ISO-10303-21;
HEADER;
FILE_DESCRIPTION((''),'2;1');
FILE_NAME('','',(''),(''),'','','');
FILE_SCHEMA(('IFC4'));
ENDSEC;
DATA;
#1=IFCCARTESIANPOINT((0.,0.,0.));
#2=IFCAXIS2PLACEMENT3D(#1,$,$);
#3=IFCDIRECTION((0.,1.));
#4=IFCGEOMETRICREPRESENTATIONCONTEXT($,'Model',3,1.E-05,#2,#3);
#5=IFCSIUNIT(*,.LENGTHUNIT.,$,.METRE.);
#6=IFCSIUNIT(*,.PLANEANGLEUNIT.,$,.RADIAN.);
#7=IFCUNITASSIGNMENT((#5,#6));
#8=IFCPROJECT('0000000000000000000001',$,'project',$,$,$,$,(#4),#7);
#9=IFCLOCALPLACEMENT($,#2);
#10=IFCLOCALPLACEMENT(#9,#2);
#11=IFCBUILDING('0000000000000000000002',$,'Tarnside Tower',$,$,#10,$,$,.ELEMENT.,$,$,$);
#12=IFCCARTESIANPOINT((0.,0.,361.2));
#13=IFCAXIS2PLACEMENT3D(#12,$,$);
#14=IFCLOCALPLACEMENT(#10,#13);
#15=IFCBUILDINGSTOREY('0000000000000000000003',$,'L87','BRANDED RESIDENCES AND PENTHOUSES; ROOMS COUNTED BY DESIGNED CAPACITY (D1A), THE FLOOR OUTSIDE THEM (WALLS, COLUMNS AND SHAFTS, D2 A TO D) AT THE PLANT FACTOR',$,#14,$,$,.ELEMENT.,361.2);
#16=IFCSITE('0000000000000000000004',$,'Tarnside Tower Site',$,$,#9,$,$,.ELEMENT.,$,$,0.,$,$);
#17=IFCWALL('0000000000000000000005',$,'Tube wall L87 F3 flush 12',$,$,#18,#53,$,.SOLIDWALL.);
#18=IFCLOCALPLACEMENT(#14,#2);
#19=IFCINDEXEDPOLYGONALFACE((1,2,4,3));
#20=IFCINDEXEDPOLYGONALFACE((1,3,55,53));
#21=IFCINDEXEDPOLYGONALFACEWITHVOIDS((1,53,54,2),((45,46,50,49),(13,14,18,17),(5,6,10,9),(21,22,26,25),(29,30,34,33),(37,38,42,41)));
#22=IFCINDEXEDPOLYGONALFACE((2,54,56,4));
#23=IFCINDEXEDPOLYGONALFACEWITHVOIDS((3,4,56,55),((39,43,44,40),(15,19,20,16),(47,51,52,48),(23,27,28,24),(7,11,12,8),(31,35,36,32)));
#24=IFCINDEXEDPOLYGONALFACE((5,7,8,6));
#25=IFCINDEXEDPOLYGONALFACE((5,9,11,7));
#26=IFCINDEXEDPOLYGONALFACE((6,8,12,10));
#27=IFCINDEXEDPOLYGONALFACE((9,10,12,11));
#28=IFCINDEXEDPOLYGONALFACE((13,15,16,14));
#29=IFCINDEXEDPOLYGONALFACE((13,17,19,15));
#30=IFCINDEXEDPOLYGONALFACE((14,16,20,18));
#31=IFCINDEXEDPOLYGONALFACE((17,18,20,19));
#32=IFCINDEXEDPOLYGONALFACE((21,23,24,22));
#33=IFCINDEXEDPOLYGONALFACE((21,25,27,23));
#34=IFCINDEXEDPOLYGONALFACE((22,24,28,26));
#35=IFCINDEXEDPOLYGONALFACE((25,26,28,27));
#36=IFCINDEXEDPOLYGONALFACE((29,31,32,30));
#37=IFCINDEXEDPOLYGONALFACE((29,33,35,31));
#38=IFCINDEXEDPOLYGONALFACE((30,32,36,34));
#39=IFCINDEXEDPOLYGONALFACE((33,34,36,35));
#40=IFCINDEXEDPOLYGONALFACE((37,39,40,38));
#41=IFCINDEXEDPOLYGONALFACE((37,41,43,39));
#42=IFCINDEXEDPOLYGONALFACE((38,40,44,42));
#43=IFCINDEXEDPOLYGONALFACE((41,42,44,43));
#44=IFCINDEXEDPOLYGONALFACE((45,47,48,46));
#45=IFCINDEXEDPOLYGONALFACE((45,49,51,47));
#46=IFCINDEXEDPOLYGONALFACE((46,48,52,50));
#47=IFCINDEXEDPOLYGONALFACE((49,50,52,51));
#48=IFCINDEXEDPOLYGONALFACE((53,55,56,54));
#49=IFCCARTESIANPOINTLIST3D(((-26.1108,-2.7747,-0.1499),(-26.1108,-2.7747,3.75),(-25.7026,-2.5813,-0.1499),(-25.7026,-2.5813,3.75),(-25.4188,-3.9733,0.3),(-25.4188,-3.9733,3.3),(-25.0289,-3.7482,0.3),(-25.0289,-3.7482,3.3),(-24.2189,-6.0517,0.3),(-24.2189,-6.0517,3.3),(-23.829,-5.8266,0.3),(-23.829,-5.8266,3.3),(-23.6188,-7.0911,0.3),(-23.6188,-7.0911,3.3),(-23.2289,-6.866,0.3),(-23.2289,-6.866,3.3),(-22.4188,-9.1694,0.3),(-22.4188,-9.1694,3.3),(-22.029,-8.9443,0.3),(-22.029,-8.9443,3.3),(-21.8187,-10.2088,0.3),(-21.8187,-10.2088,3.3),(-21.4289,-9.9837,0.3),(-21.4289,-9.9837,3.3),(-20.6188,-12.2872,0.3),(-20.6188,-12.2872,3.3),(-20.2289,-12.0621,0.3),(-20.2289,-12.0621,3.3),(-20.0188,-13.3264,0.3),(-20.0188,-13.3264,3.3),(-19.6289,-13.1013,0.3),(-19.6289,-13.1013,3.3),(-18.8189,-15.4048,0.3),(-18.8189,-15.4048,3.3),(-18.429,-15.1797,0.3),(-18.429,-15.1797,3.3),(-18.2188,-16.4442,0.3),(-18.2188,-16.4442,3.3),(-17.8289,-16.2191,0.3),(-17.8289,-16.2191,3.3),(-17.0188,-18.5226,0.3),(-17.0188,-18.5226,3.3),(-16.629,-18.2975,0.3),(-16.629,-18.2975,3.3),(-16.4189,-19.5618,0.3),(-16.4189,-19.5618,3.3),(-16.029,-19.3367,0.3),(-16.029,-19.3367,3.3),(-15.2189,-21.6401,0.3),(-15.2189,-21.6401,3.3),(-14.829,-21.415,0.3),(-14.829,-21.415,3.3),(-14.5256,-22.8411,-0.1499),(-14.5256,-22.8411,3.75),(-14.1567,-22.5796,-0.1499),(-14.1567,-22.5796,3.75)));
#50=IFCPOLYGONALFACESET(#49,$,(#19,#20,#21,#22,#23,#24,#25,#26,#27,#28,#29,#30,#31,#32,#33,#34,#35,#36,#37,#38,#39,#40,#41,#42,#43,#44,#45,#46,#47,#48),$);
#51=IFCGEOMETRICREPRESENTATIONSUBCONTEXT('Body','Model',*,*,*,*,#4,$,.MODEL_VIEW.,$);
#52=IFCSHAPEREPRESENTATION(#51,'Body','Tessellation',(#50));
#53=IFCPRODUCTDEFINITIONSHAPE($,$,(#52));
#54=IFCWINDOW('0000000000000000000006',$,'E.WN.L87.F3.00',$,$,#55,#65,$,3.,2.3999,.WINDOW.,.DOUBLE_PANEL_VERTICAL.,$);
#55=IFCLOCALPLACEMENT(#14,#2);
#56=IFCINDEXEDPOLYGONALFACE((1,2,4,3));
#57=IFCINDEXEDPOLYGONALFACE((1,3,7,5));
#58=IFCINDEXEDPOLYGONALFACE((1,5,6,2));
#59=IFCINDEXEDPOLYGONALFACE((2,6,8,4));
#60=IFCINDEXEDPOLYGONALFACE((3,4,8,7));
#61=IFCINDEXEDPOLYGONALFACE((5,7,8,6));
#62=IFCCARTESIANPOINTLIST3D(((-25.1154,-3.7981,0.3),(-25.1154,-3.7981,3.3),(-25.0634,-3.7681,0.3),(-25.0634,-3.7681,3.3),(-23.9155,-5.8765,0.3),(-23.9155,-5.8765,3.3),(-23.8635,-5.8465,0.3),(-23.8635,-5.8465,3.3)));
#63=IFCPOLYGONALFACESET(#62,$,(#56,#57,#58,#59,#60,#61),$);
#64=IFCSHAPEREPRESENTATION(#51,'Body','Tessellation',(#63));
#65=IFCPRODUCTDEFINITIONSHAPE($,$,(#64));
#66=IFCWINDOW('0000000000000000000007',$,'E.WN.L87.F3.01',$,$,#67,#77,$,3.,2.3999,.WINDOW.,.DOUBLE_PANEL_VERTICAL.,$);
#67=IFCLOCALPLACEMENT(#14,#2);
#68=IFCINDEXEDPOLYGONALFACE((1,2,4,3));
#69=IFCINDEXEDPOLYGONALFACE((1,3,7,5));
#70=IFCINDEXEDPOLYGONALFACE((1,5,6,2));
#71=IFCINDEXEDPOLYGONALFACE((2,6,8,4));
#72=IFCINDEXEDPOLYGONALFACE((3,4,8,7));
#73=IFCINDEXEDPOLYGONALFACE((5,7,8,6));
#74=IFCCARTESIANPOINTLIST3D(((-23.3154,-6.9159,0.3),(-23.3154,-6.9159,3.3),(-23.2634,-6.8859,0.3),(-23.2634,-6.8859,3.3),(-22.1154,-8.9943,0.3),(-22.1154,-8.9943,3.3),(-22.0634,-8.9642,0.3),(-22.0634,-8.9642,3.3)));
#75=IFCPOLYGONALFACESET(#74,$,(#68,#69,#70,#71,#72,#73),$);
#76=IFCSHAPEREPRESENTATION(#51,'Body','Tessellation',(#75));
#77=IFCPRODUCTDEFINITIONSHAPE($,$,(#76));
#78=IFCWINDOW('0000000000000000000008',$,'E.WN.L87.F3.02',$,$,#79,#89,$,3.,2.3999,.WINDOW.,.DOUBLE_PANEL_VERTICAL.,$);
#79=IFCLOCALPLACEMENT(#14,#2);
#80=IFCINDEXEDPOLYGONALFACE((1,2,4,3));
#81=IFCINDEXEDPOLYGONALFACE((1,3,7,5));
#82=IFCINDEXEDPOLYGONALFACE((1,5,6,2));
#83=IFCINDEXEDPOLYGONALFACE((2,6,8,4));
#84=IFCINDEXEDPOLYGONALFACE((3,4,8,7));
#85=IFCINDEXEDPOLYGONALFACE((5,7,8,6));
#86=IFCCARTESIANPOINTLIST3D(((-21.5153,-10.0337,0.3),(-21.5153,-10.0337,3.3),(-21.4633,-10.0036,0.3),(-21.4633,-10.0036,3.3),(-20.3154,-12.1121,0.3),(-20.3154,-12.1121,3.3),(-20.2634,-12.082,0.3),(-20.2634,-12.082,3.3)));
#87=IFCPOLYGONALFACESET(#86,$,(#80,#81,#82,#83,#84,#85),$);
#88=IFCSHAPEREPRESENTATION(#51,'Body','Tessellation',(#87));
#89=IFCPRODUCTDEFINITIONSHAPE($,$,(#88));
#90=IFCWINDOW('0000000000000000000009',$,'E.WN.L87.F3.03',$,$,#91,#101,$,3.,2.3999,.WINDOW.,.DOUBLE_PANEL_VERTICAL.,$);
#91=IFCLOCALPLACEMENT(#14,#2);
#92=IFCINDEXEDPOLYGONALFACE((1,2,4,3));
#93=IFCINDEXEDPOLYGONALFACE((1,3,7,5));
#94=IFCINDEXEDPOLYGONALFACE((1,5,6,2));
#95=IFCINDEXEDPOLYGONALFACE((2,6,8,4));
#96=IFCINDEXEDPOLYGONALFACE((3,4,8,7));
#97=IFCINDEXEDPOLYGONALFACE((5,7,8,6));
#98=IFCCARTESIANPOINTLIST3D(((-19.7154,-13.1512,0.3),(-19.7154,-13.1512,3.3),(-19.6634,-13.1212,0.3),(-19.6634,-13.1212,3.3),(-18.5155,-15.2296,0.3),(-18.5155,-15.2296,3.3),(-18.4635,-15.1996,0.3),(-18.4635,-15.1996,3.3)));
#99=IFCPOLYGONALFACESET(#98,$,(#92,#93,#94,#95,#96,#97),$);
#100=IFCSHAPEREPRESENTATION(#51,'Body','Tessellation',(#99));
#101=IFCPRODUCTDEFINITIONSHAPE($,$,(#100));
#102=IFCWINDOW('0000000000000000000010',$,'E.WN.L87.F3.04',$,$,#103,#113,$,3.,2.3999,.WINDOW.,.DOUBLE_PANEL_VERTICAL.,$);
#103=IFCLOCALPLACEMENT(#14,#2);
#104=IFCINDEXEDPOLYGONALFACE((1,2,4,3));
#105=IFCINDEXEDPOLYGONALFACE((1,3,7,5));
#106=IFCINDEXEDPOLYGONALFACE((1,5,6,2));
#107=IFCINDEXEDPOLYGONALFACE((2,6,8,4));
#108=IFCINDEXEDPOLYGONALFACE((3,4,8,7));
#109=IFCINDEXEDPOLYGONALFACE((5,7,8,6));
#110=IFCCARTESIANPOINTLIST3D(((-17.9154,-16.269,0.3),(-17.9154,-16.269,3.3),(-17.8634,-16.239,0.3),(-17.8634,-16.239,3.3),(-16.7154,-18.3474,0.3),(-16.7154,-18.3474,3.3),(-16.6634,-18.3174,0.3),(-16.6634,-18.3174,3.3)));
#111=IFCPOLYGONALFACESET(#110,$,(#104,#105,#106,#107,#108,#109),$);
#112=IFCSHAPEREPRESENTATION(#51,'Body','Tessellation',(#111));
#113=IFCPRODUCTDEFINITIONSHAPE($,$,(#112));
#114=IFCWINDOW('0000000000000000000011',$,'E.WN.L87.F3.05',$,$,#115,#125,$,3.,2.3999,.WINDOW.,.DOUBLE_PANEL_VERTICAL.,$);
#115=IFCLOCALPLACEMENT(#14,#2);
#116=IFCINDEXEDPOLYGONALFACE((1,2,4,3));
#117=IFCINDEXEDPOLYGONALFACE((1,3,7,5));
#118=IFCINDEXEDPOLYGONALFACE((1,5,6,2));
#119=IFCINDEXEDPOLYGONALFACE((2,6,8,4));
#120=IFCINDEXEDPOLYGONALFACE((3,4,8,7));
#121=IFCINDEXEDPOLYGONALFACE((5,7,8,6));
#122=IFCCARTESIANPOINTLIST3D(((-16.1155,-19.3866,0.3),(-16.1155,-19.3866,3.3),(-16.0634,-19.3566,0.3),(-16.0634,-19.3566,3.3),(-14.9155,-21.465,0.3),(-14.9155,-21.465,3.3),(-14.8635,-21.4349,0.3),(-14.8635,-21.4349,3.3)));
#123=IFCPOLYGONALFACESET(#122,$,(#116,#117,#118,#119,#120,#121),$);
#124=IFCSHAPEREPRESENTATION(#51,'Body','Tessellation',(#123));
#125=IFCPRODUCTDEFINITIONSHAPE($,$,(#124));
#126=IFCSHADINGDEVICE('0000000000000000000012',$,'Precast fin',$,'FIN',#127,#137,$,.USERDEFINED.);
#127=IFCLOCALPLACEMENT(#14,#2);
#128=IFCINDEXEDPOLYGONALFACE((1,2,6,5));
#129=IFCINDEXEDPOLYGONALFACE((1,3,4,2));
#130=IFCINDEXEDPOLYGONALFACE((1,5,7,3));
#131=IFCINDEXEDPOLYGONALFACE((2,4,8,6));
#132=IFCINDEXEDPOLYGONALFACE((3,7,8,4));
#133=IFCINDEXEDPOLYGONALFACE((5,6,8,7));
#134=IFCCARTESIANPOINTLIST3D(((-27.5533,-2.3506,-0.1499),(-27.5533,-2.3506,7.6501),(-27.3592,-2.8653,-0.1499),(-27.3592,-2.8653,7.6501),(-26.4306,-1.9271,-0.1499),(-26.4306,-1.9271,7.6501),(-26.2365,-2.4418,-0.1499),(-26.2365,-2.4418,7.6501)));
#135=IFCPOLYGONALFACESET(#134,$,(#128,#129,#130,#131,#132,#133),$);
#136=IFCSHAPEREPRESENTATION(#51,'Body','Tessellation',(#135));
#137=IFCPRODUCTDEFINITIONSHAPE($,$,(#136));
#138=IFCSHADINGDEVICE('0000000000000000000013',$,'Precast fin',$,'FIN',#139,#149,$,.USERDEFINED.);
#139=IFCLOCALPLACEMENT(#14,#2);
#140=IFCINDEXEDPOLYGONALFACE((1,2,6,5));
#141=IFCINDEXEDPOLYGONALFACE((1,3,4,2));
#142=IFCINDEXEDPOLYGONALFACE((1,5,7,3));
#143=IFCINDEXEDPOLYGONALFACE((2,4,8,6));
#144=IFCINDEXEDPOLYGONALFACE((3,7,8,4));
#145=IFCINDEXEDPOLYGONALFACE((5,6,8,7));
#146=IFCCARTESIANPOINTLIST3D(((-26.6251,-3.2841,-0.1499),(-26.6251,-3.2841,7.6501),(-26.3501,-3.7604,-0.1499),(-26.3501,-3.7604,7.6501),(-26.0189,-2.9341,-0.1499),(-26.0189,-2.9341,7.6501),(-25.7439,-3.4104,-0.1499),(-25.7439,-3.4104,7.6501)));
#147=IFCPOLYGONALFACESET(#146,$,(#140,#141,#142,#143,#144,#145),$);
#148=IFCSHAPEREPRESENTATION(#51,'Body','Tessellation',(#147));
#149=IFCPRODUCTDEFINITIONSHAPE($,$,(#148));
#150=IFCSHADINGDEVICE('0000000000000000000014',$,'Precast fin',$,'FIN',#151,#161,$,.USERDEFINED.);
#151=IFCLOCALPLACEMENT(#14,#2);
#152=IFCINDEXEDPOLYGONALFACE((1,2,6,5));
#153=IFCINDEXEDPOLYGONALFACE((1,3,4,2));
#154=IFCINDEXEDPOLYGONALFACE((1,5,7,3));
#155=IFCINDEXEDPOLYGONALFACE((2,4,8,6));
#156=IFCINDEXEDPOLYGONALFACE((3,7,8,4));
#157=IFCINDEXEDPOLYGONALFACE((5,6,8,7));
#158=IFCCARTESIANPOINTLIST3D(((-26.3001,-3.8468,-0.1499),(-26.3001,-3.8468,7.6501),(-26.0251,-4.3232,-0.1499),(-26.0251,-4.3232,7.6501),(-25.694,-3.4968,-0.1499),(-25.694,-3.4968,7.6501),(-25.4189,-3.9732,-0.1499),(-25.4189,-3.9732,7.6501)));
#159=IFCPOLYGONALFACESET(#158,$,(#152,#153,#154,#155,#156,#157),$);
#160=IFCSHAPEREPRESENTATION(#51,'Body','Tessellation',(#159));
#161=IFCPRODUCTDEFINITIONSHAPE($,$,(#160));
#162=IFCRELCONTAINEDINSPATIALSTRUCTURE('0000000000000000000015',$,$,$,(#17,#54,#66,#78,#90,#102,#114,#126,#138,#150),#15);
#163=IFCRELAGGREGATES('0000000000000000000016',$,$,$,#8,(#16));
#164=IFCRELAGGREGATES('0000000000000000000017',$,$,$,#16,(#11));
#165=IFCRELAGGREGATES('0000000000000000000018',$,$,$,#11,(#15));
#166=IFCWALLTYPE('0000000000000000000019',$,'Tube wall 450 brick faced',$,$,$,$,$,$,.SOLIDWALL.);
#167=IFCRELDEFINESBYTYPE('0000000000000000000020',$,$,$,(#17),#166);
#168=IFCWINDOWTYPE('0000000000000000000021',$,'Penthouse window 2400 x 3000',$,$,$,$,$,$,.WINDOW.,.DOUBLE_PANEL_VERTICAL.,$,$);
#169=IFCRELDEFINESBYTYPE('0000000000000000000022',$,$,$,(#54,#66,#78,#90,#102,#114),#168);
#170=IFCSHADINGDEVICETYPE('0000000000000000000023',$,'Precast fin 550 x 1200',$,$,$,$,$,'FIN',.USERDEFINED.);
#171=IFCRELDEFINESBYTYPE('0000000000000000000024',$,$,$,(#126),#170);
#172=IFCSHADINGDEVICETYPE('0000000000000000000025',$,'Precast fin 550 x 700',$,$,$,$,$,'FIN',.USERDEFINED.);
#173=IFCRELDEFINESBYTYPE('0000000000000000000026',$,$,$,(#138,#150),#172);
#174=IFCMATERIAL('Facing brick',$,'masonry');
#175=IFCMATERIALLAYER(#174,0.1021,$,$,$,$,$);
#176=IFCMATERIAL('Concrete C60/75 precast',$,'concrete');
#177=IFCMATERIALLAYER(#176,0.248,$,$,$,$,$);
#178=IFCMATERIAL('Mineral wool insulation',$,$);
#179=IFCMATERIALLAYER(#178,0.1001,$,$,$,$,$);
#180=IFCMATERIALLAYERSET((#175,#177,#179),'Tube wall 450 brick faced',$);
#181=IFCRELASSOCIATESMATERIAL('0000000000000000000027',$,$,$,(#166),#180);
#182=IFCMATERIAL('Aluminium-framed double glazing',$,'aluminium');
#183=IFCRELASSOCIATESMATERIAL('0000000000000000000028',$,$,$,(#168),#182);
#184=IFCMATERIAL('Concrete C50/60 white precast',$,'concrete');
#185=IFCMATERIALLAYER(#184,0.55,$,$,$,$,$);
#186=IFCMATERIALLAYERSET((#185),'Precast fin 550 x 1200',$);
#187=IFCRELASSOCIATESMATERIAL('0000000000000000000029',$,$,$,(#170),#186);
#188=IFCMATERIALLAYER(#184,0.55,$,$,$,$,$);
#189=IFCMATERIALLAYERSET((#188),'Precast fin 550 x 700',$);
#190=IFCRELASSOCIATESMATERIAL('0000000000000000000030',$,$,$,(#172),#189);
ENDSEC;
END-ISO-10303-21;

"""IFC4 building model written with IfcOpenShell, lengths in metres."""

from ifc_helpers import new_model, si_unit, direction, frame, frame_2d, origin, place, context, subcontext, project, spatial, polyline, rectangle, outline, extrude, material, layer, layer_set, type_object, element, fill, save


model = new_model("IFC4")

# Units and contexts
model_context = context("Model", 3, precision=1e-05, world=origin(), true_north=direction((0.0, 1.0)))
body_context = subcontext(model_context, "Body", "Model", "MODEL_VIEW")
ifc_project = project(units=[si_unit("LENGTHUNIT", "METRE"), si_unit("PLANEANGLEUNIT", "RADIAN")], contexts=[model_context])

# Site, building, storey
site_placement = place(None, origin())
site = spatial("IfcSite", under=ifc_project, at=site_placement, Name="Tarnside Tower Site", CompositionType="ELEMENT", RefElevation=0.0)
building_placement = place(site_placement, origin())
building = spatial("IfcBuilding", under=site, at=building_placement, Name="Tarnside Tower", CompositionType="ELEMENT")
storey_placement = place(building_placement, frame((0.0, 0.0, 361.2)))
storey = spatial("IfcBuildingStorey", under=building, at=storey_placement, Name="L87", Description="BRANDED RESIDENCES AND PENTHOUSES; ROOMS COUNTED BY DESIGNED CAPACITY (D1A), THE FLOOR OUTSIDE THEM (WALLS, COLUMNS AND SHAFTS, D2 A TO D) AT THE PLANT FACTOR", CompositionType="ELEMENT", Elevation=361.2)

# Shared definitions
ifc_material_1 = material(Name="Facing brick", Category="masonry")
ifc_layer_1 = layer(ifc_material_1, 0.1021)
ifc_material_2 = material(Name="Concrete C60/75 precast", Category="concrete")
ifc_layer_2 = layer(ifc_material_2, 0.248)
ifc_material_3 = material(Name="Mineral wool insulation")
ifc_layer_3 = layer(ifc_material_3, 0.1001)
ifc_layer_set_1 = layer_set([ifc_layer_1, ifc_layer_2, ifc_layer_3], Name="Tube wall 450 brick faced")
wall_type_1 = type_object("IfcWallType", Name="Tube wall 450 brick faced", PredefinedType="SOLIDWALL", material=ifc_layer_set_1)

# Wall, openings, windows
wall_1_placement = place(storey_placement, frame((-25.9067, -2.678, -0.1499), z_axis=(0.0, 0.0, 1.0), x_axis=(0.499997, -0.866027, 0.0)))
wall_1 = element("IfcWall", 1, at=wall_1_placement, inside=storey, type_object=wall_type_1, Name="Tube wall L87 F3 flush 12", PredefinedType="SOLIDWALL", context=body_context, shape_type="SweptSolid", body=[
    extrude(outline(polyline([(-0.0183, -0.2251), (23.1523, -0.2251), (23.1104, 0.2251), (0.0183, 0.2251), (-0.0183, -0.2251)])), origin(), (0.0, 0.0, 1.0), 3.8999),
])
opening_1_placement = place(wall_1_placement, frame((1.3657, 0.0, 0.45)))
opening_1 = element("IfcOpeningElement", 2, at=opening_1_placement, cuts=wall_1, PredefinedType="OPENING", context=body_context, shape_type="SweptSolid", body=[
    extrude(rectangle(XDim=2.3999, YDim=3.0, at=frame_2d((1.2, 1.5))), frame((0.0, 0.2349, 0.0), z_axis=(0.0, -1.0, 0.0), x_axis=(1.0, 0.0, 0.0)), (0.0, 0.0, 1.0), 0.47),
])
opening_2_placement = place(wall_1_placement, frame((4.9658, 0.0, 0.45)))
opening_2 = element("IfcOpeningElement", 3, at=opening_2_placement, cuts=wall_1, PredefinedType="OPENING", context=body_context, shape_type="SweptSolid", body=[
    extrude(rectangle(XDim=2.3999, YDim=3.0, at=frame_2d((1.2, 1.5))), frame((0.0, 0.2349, 0.0), z_axis=(0.0, -1.0, 0.0), x_axis=(1.0, 0.0, 0.0)), (0.0, 0.0, 1.0), 0.47),
])
opening_3_placement = place(wall_1_placement, frame((8.5659, 0.0, 0.45)))
opening_3 = element("IfcOpeningElement", 4, at=opening_3_placement, cuts=wall_1, PredefinedType="OPENING", context=body_context, shape_type="SweptSolid", body=[
    extrude(rectangle(XDim=2.3999, YDim=3.0, at=frame_2d((1.2, 1.5))), frame((0.0, 0.2349, 0.0), z_axis=(0.0, -1.0, 0.0), x_axis=(1.0, 0.0, 0.0)), (0.0, 0.0, 1.0), 0.47),
])
opening_4_placement = place(wall_1_placement, frame((12.1658, 0.0, 0.45)))
opening_4 = element("IfcOpeningElement", 5, at=opening_4_placement, cuts=wall_1, PredefinedType="OPENING", context=body_context, shape_type="SweptSolid", body=[
    extrude(rectangle(XDim=2.3999, YDim=3.0, at=frame_2d((1.2, 1.5))), frame((0.0, 0.2349, 0.0), z_axis=(0.0, -1.0, 0.0), x_axis=(1.0, 0.0, 0.0)), (0.0, 0.0, 1.0), 0.47),
])
opening_5_placement = place(wall_1_placement, frame((15.7659, 0.0, 0.45)))
opening_5 = element("IfcOpeningElement", 6, at=opening_5_placement, cuts=wall_1, PredefinedType="OPENING", context=body_context, shape_type="SweptSolid", body=[
    extrude(rectangle(XDim=2.3999, YDim=3.0, at=frame_2d((1.2, 1.5))), frame((0.0, 0.2349, 0.0), z_axis=(0.0, -1.0, 0.0), x_axis=(1.0, 0.0, 0.0)), (0.0, 0.0, 1.0), 0.47),
])
opening_6_placement = place(wall_1_placement, frame((19.3657, 0.0, 0.45)))
opening_6 = element("IfcOpeningElement", 7, at=opening_6_placement, cuts=wall_1, PredefinedType="OPENING", context=body_context, shape_type="SweptSolid", body=[
    extrude(rectangle(XDim=2.3999, YDim=3.0, at=frame_2d((1.2, 1.5))), frame((0.0, 0.2349, 0.0), z_axis=(0.0, -1.0, 0.0), x_axis=(1.0, 0.0, 0.0)), (0.0, 0.0, 1.0), 0.47),
])
ifc_material_4 = material(Name="Aluminium-framed double glazing", Category="aluminium")
window_type = type_object("IfcWindowType", Name="Penthouse window 2400 x 3000", PartitioningType="DOUBLE_PANEL_VERTICAL", PredefinedType="WINDOW", material=ifc_material_4)
window_1_placement = place(opening_1_placement, frame((0.0, 0.1553, 0.0)))
window_1 = element("IfcWindow", 8, at=window_1_placement, inside=storey, type_object=window_type, Name="E.WN.L87.F3.00", OverallHeight=3.0, OverallWidth=2.3999, PartitioningType="DOUBLE_PANEL_VERTICAL", PredefinedType="WINDOW", context=body_context, shape_type="SweptSolid", body=[
    extrude(rectangle(XDim=2.3999, YDim=3.0, at=frame_2d((1.2, 1.5))), frame((0.0, 0.03, 0.0), z_axis=(0.0, -1.0, 0.0), x_axis=(1.0, 0.0, 0.0)), (0.0, 0.0, 1.0), 0.0601),
])
fill(opening_1, window_1)
window_2_placement = place(opening_2_placement, frame((0.0, 0.1553, 0.0)))
window_2 = element("IfcWindow", 9, at=window_2_placement, inside=storey, type_object=window_type, Name="E.WN.L87.F3.01", OverallHeight=3.0, OverallWidth=2.3999, PartitioningType="DOUBLE_PANEL_VERTICAL", PredefinedType="WINDOW", context=body_context, shape_type="SweptSolid", body=[
    extrude(rectangle(XDim=2.3999, YDim=3.0, at=frame_2d((1.2, 1.5))), frame((0.0, 0.03, 0.0), z_axis=(0.0, -1.0, 0.0), x_axis=(1.0, 0.0, 0.0)), (0.0, 0.0, 1.0), 0.0601),
])
fill(opening_2, window_2)
window_3_placement = place(opening_3_placement, frame((0.0, 0.1553, 0.0)))
window_3 = element("IfcWindow", 10, at=window_3_placement, inside=storey, type_object=window_type, Name="E.WN.L87.F3.02", OverallHeight=3.0, OverallWidth=2.3999, PartitioningType="DOUBLE_PANEL_VERTICAL", PredefinedType="WINDOW", context=body_context, shape_type="SweptSolid", body=[
    extrude(rectangle(XDim=2.3999, YDim=3.0, at=frame_2d((1.2, 1.5))), frame((0.0, 0.03, 0.0), z_axis=(0.0, -1.0, 0.0), x_axis=(1.0, 0.0, 0.0)), (0.0, 0.0, 1.0), 0.0601),
])
fill(opening_3, window_3)
window_4_placement = place(opening_4_placement, frame((0.0, 0.1553, 0.0)))
window_4 = element("IfcWindow", 11, at=window_4_placement, inside=storey, type_object=window_type, Name="E.WN.L87.F3.03", OverallHeight=3.0, OverallWidth=2.3999, PartitioningType="DOUBLE_PANEL_VERTICAL", PredefinedType="WINDOW", context=body_context, shape_type="SweptSolid", body=[
    extrude(rectangle(XDim=2.3999, YDim=3.0, at=frame_2d((1.2, 1.5))), frame((0.0, 0.03, 0.0), z_axis=(0.0, -1.0, 0.0), x_axis=(1.0, 0.0, 0.0)), (0.0, 0.0, 1.0), 0.0601),
])
fill(opening_4, window_4)
window_5_placement = place(opening_5_placement, frame((0.0, 0.1553, 0.0)))
window_5 = element("IfcWindow", 12, at=window_5_placement, inside=storey, type_object=window_type, Name="E.WN.L87.F3.04", OverallHeight=3.0, OverallWidth=2.3999, PartitioningType="DOUBLE_PANEL_VERTICAL", PredefinedType="WINDOW", context=body_context, shape_type="SweptSolid", body=[
    extrude(rectangle(XDim=2.3999, YDim=3.0, at=frame_2d((1.2, 1.5))), frame((0.0, 0.03, 0.0), z_axis=(0.0, -1.0, 0.0), x_axis=(1.0, 0.0, 0.0)), (0.0, 0.0, 1.0), 0.0601),
])
fill(opening_5, window_5)
window_6_placement = place(opening_6_placement, frame((0.0, 0.1553, 0.0)))
window_6 = element("IfcWindow", 13, at=window_6_placement, inside=storey, type_object=window_type, Name="E.WN.L87.F3.05", OverallHeight=3.0, OverallWidth=2.3999, PartitioningType="DOUBLE_PANEL_VERTICAL", PredefinedType="WINDOW", context=body_context, shape_type="SweptSolid", body=[
    extrude(rectangle(XDim=2.3999, YDim=3.0, at=frame_2d((1.2, 1.5))), frame((0.0, 0.03, 0.0), z_axis=(0.0, -1.0, 0.0), x_axis=(1.0, 0.0, 0.0)), (0.0, 0.0, 1.0), 0.0601),
])
fill(opening_6, window_6)

# Shading devices
ifc_material_5 = material(Name="Concrete C50/60 white precast", Category="concrete")
ifc_layer_4 = layer(ifc_material_5, 0.55)
ifc_layer_set_2 = layer_set([ifc_layer_4], Name="Precast fin 550 x 1200")
shading_device_type_1 = type_object("IfcShadingDeviceType", Name="Precast fin 550 x 1200", ElementType="FIN", PredefinedType="USERDEFINED", material=ifc_layer_set_2)
shading_device_placement = place(storey_placement, frame((-26.3335, -2.1846, -0.1499), z_axis=(-0.352931, 0.93565, 0.0), x_axis=(-0.93565, -0.352931, 0.0)))
element("IfcShadingDevice", 14, at=shading_device_placement, inside=storey, type_object=shading_device_type_1, Name="Precast fin", ObjectType="FIN", PredefinedType="USERDEFINED", context=body_context, shape_type="SweptSolid", body=[
    extrude(outline(polyline([(0.0, 0.0), (1.2, 0.0), (1.2, 7.8), (0.0, 7.8), (0.0, 0.0)])), frame((0.0, 0.0, -0.2749)), (0.0, 0.0, 1.0), 0.55),
])
ifc_layer_5 = layer(ifc_material_5, 0.55)
ifc_layer_set_3 = layer_set([ifc_layer_5], Name="Precast fin 550 x 700")
shading_device_type_2 = type_object("IfcShadingDeviceType", Name="Precast fin 550 x 700", ElementType="FIN", PredefinedType="USERDEFINED", material=ifc_layer_set_3)
for number, where, z_axis, x_axis, name in (
    (15, (-25.8813, -3.1724, -0.1499), (-0.5, 0.866025, 0.0), (-0.866025, -0.5, 0.0), "Precast fin"),
    (16, (-25.5564, -3.7351, -0.1499), (-0.5, 0.866025, 0.0), (-0.866025, -0.5, 0.0), "Precast fin"),
):
    element("IfcShadingDevice", number, at=place(storey_placement, frame(where, z_axis=z_axis, x_axis=x_axis)), inside=storey, type_object=shading_device_type_2, Name=name, ObjectType="FIN", PredefinedType="USERDEFINED", context=body_context, shape_type="SweptSolid", body=[
        extrude(outline(polyline([(0.0, 0.0), (0.7, 0.0), (0.7, 7.8), (0.0, 7.8), (0.0, 0.0)])), frame((0.0, 0.0, -0.2749)), (0.0, 0.0, 1.0), 0.55),
    ])

save(model, "model.ifc")
